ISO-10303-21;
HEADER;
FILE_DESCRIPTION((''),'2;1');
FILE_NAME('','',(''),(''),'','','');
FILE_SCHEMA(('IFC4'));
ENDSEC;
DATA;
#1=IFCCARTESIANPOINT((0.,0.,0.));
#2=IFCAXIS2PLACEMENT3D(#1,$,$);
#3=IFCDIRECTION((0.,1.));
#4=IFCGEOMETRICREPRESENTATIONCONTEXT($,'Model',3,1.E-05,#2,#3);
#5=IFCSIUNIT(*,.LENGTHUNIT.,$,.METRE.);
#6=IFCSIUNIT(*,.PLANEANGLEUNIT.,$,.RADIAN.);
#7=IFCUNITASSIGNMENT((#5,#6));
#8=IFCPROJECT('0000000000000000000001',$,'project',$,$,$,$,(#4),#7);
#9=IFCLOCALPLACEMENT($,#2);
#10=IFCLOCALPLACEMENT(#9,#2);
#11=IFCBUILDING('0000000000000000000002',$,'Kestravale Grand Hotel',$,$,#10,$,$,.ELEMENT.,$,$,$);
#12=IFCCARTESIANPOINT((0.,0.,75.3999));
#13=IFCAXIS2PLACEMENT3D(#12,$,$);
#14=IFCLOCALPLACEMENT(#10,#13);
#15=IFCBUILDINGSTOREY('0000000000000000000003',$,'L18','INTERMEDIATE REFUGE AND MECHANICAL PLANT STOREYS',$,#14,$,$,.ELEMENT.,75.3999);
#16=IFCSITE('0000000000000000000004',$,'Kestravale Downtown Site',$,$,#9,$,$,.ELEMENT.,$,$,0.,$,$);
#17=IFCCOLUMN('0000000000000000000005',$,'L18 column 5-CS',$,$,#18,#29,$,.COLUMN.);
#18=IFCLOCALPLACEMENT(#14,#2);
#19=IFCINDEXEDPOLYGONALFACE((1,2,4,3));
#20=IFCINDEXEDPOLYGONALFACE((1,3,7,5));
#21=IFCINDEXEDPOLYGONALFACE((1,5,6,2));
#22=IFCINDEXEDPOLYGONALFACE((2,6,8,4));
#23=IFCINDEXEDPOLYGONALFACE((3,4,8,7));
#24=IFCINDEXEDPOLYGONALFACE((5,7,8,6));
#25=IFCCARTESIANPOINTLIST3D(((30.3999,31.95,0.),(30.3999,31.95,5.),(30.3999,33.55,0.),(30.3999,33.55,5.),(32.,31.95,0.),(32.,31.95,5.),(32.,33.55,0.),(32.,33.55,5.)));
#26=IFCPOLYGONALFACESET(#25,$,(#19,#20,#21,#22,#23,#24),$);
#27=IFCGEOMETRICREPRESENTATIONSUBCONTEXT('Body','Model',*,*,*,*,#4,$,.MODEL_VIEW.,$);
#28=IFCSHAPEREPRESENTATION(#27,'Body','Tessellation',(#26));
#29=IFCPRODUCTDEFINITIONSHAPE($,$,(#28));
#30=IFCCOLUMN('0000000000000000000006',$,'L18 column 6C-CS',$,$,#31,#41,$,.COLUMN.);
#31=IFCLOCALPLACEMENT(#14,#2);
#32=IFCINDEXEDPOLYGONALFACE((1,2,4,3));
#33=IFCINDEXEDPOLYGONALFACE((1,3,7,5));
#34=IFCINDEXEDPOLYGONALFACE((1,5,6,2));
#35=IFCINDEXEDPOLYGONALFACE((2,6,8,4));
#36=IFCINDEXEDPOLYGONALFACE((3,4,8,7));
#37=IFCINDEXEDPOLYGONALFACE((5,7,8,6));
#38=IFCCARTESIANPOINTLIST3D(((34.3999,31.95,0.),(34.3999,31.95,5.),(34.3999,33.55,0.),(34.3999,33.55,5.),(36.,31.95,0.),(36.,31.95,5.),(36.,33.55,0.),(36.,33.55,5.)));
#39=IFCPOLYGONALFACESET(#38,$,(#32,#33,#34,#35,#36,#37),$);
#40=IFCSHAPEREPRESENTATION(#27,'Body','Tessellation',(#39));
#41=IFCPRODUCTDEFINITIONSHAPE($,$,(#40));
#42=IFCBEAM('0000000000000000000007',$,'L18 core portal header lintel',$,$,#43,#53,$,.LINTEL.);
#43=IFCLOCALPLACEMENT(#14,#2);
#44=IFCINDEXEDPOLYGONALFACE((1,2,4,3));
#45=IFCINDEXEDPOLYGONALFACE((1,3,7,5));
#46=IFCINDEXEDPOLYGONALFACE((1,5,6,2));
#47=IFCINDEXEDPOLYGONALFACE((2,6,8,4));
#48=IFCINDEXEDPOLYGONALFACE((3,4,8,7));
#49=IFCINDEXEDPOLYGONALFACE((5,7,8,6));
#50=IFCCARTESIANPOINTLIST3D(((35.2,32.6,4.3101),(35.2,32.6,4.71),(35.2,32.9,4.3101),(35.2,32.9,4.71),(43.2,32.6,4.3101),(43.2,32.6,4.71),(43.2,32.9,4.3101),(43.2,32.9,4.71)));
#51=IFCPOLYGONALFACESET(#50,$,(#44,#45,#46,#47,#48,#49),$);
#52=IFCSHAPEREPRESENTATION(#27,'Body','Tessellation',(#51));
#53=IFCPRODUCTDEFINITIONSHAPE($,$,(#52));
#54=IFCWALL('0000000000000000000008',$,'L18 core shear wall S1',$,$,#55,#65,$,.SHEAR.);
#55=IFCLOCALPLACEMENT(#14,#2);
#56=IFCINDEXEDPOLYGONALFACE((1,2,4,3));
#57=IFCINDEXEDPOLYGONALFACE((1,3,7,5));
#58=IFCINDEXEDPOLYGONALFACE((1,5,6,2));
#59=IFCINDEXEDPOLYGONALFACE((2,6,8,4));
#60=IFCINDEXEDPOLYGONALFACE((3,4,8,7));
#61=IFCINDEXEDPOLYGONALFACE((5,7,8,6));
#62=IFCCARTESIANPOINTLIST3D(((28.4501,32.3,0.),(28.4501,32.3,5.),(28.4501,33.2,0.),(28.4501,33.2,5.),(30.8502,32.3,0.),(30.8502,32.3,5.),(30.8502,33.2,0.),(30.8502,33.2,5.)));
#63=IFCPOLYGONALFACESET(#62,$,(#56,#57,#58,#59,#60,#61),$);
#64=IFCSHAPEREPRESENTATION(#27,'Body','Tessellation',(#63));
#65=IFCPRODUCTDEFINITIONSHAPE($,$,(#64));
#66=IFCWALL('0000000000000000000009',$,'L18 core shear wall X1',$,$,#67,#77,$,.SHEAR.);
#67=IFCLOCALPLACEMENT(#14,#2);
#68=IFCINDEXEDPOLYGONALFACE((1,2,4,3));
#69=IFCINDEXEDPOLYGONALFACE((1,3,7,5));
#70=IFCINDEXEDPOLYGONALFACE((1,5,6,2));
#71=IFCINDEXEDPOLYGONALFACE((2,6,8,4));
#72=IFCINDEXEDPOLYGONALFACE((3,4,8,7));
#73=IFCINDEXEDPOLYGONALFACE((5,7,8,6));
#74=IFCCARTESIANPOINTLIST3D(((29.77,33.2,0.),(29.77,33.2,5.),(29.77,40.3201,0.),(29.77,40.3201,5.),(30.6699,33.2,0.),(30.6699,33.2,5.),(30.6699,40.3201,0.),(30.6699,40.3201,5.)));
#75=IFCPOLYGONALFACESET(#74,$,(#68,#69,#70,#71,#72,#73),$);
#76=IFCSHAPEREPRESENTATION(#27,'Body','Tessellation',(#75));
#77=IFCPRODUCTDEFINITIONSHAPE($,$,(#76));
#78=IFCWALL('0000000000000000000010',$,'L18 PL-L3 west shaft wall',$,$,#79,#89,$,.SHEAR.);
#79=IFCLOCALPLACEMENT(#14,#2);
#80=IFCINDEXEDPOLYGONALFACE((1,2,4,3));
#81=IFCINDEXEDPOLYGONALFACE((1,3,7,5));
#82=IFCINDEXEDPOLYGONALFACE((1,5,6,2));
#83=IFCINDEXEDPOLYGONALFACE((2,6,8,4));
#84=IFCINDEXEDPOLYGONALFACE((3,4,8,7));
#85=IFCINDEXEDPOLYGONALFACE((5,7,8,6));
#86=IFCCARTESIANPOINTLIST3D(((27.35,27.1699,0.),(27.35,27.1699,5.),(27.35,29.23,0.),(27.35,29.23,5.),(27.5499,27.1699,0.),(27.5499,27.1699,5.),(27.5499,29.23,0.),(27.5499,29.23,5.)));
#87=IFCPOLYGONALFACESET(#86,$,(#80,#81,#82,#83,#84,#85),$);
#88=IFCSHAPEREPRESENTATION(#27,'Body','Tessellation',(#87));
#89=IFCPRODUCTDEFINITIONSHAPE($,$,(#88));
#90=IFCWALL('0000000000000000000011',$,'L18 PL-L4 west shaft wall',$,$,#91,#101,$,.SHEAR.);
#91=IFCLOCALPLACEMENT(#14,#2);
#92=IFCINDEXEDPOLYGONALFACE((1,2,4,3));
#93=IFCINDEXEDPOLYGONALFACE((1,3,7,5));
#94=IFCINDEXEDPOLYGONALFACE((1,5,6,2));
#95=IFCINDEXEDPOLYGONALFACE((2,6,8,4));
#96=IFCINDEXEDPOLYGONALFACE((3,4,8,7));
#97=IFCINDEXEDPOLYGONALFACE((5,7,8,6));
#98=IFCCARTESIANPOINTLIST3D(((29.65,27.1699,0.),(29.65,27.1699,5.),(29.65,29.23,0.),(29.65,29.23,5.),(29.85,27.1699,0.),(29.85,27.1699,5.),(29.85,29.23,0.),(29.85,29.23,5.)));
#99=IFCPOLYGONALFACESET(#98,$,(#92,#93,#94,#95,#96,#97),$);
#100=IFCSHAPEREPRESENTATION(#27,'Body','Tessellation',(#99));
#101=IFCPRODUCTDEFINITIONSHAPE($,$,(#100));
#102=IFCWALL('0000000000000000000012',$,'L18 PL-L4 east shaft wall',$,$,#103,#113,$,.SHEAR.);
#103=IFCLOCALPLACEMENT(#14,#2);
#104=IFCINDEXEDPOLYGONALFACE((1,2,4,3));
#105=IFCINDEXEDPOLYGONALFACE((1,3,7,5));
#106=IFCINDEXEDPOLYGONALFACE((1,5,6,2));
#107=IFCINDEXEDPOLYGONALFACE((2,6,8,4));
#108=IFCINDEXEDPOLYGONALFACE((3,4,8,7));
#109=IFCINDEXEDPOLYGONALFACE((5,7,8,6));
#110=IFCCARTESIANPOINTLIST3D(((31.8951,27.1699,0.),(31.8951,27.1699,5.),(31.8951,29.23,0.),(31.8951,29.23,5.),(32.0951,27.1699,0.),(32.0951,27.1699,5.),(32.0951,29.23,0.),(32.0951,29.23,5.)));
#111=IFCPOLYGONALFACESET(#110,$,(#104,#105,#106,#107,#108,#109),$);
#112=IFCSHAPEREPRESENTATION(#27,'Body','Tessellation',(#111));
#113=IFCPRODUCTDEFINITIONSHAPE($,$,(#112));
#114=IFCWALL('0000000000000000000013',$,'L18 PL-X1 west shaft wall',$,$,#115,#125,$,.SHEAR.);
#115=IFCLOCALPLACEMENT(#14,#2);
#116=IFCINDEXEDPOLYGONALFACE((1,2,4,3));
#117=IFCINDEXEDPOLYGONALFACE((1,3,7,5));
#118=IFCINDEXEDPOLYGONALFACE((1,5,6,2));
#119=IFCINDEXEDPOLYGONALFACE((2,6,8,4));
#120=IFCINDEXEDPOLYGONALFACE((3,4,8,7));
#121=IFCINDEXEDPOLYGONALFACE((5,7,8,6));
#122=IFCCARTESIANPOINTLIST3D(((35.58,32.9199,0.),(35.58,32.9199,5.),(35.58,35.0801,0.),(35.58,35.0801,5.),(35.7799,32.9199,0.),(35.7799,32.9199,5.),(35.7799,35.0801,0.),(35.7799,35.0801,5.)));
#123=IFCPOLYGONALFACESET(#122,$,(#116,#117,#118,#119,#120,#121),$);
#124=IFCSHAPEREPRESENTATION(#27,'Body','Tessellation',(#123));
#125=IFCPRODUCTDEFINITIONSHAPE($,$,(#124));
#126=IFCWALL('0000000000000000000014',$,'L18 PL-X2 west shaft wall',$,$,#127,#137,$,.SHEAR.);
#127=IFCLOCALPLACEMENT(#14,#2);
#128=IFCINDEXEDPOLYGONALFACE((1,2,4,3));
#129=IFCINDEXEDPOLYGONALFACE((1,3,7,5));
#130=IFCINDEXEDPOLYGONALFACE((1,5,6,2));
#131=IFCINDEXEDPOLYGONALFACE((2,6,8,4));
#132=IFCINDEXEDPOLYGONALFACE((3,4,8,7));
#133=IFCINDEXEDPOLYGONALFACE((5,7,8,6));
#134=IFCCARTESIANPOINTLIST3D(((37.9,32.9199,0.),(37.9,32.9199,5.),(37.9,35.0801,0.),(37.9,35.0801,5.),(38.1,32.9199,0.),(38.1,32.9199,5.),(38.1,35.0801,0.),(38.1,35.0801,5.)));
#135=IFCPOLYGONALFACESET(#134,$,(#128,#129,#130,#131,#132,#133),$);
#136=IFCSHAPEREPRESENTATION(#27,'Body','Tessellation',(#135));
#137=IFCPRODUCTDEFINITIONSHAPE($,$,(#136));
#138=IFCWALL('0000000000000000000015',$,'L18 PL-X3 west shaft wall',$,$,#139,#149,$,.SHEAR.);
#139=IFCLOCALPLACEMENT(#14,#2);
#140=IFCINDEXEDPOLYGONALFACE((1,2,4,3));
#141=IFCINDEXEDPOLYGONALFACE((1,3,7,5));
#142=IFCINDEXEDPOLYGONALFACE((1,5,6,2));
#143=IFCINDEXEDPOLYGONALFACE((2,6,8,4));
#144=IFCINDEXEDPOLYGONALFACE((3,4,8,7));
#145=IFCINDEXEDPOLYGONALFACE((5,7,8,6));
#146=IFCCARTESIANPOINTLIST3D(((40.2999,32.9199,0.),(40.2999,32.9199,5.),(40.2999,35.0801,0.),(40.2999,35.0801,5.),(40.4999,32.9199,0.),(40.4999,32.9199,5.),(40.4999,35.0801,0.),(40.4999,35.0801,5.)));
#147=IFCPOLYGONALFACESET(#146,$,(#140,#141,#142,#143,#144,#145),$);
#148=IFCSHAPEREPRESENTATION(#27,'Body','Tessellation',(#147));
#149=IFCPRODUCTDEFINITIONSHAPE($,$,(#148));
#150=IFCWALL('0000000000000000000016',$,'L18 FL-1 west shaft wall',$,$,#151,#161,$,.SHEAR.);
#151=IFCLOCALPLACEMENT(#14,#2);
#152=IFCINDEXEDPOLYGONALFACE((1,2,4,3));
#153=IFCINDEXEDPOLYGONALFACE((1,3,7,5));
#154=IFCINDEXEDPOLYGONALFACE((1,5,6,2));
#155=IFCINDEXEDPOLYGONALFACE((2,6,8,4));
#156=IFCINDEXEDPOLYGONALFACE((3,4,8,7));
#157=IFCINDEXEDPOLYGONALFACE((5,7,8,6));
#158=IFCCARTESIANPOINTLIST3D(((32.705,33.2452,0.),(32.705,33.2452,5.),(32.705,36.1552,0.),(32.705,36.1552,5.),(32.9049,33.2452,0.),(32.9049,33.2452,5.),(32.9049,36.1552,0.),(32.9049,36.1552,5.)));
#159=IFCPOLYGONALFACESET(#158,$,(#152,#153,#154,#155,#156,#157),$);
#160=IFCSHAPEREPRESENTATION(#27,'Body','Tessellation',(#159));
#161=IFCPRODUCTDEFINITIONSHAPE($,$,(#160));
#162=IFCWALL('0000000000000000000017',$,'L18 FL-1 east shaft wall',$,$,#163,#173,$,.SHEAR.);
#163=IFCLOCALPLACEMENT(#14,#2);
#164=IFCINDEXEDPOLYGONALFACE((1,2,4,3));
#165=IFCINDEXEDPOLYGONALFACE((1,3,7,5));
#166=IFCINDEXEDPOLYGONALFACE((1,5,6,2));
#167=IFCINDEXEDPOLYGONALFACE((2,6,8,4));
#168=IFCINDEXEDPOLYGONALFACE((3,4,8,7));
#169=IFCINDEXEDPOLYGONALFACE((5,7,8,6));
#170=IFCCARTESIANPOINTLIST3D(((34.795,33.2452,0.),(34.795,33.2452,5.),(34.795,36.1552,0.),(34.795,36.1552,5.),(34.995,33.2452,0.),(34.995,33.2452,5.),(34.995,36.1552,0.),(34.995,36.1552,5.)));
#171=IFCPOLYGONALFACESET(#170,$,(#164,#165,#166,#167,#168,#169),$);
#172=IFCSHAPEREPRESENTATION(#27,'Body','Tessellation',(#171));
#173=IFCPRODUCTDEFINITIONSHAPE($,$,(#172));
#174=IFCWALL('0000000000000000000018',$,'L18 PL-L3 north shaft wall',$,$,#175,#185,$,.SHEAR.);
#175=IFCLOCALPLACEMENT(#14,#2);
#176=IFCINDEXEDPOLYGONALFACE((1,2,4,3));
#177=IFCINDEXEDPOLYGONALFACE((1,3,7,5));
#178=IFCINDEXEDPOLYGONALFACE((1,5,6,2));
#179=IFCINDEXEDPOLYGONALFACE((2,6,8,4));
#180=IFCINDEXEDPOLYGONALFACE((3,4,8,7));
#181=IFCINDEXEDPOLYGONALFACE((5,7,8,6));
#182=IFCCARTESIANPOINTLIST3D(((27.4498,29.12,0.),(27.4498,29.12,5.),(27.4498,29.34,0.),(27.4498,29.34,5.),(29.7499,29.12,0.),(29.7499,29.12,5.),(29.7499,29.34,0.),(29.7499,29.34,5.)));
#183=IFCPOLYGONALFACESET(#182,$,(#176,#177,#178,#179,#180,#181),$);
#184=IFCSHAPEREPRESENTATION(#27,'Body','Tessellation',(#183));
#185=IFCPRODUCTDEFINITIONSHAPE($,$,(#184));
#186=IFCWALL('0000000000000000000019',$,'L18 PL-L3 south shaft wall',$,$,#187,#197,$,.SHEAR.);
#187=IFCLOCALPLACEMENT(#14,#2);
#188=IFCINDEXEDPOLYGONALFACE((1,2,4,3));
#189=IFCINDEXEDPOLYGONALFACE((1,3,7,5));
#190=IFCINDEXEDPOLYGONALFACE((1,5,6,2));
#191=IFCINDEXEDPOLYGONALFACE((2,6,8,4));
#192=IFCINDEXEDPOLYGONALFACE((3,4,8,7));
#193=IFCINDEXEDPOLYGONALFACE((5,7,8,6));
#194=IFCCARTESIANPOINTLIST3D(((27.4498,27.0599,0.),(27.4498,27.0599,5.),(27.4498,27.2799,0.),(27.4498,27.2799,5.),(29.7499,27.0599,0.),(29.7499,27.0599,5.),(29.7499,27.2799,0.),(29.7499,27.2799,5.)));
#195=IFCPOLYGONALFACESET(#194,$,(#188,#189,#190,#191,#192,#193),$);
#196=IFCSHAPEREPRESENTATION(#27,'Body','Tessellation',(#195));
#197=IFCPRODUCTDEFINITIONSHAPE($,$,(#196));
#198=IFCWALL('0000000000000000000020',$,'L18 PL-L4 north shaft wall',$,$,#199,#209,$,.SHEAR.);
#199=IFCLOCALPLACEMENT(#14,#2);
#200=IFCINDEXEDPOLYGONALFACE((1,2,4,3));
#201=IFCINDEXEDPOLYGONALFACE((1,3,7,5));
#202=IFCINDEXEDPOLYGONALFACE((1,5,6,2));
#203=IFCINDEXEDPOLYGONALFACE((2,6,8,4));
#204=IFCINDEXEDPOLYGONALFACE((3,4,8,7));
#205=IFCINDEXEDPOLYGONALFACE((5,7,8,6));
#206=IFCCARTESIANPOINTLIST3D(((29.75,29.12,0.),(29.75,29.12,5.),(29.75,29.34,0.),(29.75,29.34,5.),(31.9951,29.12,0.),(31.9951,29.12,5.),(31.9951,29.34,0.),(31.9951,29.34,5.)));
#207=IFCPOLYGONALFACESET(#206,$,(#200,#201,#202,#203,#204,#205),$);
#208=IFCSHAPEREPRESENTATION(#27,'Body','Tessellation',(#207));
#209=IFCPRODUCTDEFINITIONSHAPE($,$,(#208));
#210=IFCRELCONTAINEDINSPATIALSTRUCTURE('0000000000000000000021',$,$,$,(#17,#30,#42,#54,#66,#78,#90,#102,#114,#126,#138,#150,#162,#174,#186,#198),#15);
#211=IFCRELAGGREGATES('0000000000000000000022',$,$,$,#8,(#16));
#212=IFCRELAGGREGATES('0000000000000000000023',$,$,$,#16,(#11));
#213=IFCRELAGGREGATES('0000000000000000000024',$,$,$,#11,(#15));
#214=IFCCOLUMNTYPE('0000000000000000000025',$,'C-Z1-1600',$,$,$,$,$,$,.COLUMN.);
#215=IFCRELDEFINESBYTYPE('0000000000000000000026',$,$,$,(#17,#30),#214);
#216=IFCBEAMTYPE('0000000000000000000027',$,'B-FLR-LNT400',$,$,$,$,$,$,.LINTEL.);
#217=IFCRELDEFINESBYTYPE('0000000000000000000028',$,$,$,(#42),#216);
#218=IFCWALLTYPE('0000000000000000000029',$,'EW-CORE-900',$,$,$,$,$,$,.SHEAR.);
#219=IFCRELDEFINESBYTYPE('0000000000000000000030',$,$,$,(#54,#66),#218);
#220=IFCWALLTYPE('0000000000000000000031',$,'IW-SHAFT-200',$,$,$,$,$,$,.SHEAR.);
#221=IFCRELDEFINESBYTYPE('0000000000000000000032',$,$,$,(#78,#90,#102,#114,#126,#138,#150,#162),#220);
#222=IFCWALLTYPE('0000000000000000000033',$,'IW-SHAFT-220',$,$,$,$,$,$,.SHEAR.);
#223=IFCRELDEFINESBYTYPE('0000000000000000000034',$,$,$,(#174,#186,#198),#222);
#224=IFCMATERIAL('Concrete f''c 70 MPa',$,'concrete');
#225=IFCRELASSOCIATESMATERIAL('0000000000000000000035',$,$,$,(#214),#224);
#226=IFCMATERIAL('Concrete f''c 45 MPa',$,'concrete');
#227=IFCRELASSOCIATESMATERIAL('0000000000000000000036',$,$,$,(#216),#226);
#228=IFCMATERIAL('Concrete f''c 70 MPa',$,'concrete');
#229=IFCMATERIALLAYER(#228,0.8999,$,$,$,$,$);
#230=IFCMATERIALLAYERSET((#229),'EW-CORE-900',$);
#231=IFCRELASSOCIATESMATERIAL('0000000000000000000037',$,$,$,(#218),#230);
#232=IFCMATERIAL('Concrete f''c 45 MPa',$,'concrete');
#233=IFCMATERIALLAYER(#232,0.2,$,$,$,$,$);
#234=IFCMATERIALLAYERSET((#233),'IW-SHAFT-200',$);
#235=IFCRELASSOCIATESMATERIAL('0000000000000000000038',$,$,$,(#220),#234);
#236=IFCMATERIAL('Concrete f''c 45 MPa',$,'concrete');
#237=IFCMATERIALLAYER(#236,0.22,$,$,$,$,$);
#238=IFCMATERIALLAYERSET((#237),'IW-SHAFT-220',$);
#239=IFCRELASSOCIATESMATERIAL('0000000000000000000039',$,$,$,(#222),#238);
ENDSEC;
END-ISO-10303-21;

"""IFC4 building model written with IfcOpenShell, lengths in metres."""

from ifc_helpers import new_model, si_unit, direction, frame, frame_2d, origin, origin_2d, place, context, subcontext, project, spatial, rectangle, extrude, material, layer, layer_set, material_profile, profile_set, type_object, element, save


model = new_model("IFC4")

# Units and contexts
model_context = context("Model", 3, precision=1e-05, world=origin(), true_north=direction((0.0, 1.0)))
body_context = subcontext(model_context, "Body", "Model", "MODEL_VIEW")
ifc_project = project(units=[si_unit("LENGTHUNIT", "METRE"), si_unit("PLANEANGLEUNIT", "RADIAN")], contexts=[model_context])

# Site, building, storey
site_placement = place(None, origin())
site = spatial("IfcSite", under=ifc_project, at=site_placement, Name="Kestravale Downtown Site", CompositionType="ELEMENT", RefElevation=0.0)
building_placement = place(site_placement, origin())
building = spatial("IfcBuilding", under=site, at=building_placement, Name="Kestravale Grand Hotel", CompositionType="ELEMENT")
storey_placement = place(building_placement, frame((0.0, 0.0, 75.3999)))
storey = spatial("IfcBuildingStorey", under=building, at=storey_placement, Name="L18", Description="INTERMEDIATE REFUGE AND MECHANICAL PLANT STOREYS", CompositionType="ELEMENT", Elevation=75.3999)

# Columns
ifc_material_1 = material(Name="Concrete f'c 70 MPa", Category="concrete")
ifc_material_profile_1 = material_profile(ifc_material_1, rectangle(XDim=1.6001, YDim=1.6001, at=origin_2d()))
ifc_profile_set_1 = profile_set([ifc_material_profile_1], Name="Concrete f'c 70 MPa")
column_type = type_object("IfcColumnType", Name="C-Z1-1600", PredefinedType="COLUMN", material=ifc_profile_set_1)
for number, where, z_axis, x_axis, name in (
    (1, (31.2, 32.75, 0.0), (0.0, 0.0, 1.0), (1.0, 0.0, 0.0), "L18 column 5-CS"),
    (2, (35.2, 32.75, 0.0), (0.0, 0.0, 1.0), (1.0, 0.0, 0.0), "L18 column 6C-CS"),
):
    element("IfcColumn", number, at=place(storey_placement, frame(where, z_axis=z_axis, x_axis=x_axis)), inside=storey, type_object=column_type, Name=name, PredefinedType="COLUMN", context=body_context, shape_type="SweptSolid", body=[
        extrude(rectangle(XDim=1.6001, YDim=1.6001, at=origin_2d()), origin(), (0.0, 0.0, 1.0), 5.0),
    ])

# Beam
ifc_material_2 = material(Name="Concrete f'c 45 MPa", Category="concrete")
ifc_material_profile_2 = material_profile(ifc_material_2, rectangle(XDim=0.3, YDim=0.3999, at=origin_2d()))
ifc_profile_set_2 = profile_set([ifc_material_profile_2], Name="Concrete f'c 45 MPa")
beam_type = type_object("IfcBeamType", Name="B-FLR-LNT400", PredefinedType="LINTEL", material=ifc_profile_set_2)
beam_placement = place(storey_placement, frame((35.2, 32.75, 4.51), z_axis=(1.0, 0.0, 0.0), x_axis=(0.0, 1.0, 0.0)))
element("IfcBeam", 3, at=beam_placement, inside=storey, type_object=beam_type, Name="L18 core portal header lintel", PredefinedType="LINTEL", context=body_context, shape_type="SweptSolid", body=[
    extrude(rectangle(XDim=0.3, YDim=0.3999, at=origin_2d()), origin(), (0.0, 0.0, 1.0), 8.0),
])

# Walls
ifc_material_3 = material(Name="Concrete f'c 70 MPa", Category="concrete")
ifc_layer_1 = layer(ifc_material_3, 0.8999)
ifc_layer_set_1 = layer_set([ifc_layer_1], Name="EW-CORE-900")
wall_type_1 = type_object("IfcWallType", Name="EW-CORE-900", PredefinedType="SHEAR", material=ifc_layer_set_1)
wall_1_placement = place(storey_placement, frame((28.45, 32.75, 0.0), z_axis=(0.0, 0.0, 1.0), x_axis=(1.0, 0.0, 0.0)))
element("IfcWall", 4, at=wall_1_placement, inside=storey, type_object=wall_type_1, Name="L18 core shear wall S1", PredefinedType="SHEAR", context=body_context, shape_type="SweptSolid", body=[
    extrude(rectangle(XDim=2.4001, YDim=0.8999, at=frame_2d((1.2002, 0.0))), origin(), (0.0, 0.0, 1.0), 5.0),
])
wall_2_placement = place(storey_placement, frame((30.22, 33.2, 0.0), z_axis=(0.0, 0.0, 1.0), x_axis=(0.0, 1.0, 0.0)))
element("IfcWall", 5, at=wall_2_placement, inside=storey, type_object=wall_type_1, Name="L18 core shear wall X1", PredefinedType="SHEAR", context=body_context, shape_type="SweptSolid", body=[
    extrude(rectangle(XDim=7.1201, YDim=0.8999, at=frame_2d((3.5601, 0.0))), origin(), (0.0, 0.0, 1.0), 5.0),
])
ifc_material_4 = material(Name="Concrete f'c 45 MPa", Category="concrete")
ifc_layer_2 = layer(ifc_material_4, 0.2)
ifc_layer_set_2 = layer_set([ifc_layer_2], Name="IW-SHAFT-200")
wall_type_2 = type_object("IfcWallType", Name="IW-SHAFT-200", PredefinedType="SHEAR", material=ifc_layer_set_2)
for number, where, z_axis, x_axis, name in (
    (6, (27.45, 27.1699, 0.0), (0.0, 0.0, 1.0), (0.0, 1.0, 0.0), "L18 PL-L3 west shaft wall"),
    (7, (29.75, 27.1699, 0.0), (0.0, 0.0, 1.0), (0.0, 1.0, 0.0), "L18 PL-L4 west shaft wall"),
    (8, (31.9951, 27.1699, 0.0), (0.0, 0.0, 1.0), (0.0, 1.0, 0.0), "L18 PL-L4 east shaft wall"),
):
    element("IfcWall", number, at=place(storey_placement, frame(where, z_axis=z_axis, x_axis=x_axis)), inside=storey, type_object=wall_type_2, Name=name, PredefinedType="SHEAR", context=body_context, shape_type="SweptSolid", body=[
        extrude(rectangle(XDim=2.0601, YDim=0.2, at=frame_2d((1.03, 0.0))), origin(), (0.0, 0.0, 1.0), 5.0),
    ])
for number, where, z_axis, x_axis, name in (
    (9, (35.6799, 32.9199, 0.0), (0.0, 0.0, 1.0), (0.0, 1.0, 0.0), "L18 PL-X1 west shaft wall"),
    (10, (38.0, 32.9199, 0.0), (0.0, 0.0, 1.0), (0.0, 1.0, 0.0), "L18 PL-X2 west shaft wall"),
    (11, (40.3999, 32.9199, 0.0), (0.0, 0.0, 1.0), (0.0, 1.0, 0.0), "L18 PL-X3 west shaft wall"),
):
    element("IfcWall", number, at=place(storey_placement, frame(where, z_axis=z_axis, x_axis=x_axis)), inside=storey, type_object=wall_type_2, Name=name, PredefinedType="SHEAR", context=body_context, shape_type="SweptSolid", body=[
        extrude(rectangle(XDim=2.1602, YDim=0.2, at=frame_2d((1.0801, 0.0))), origin(), (0.0, 0.0, 1.0), 5.0),
    ])
for number, where, z_axis, x_axis, name in (
    (12, (32.8049, 33.2451, 0.0), (0.0, 0.0, 1.0), (0.0, 1.0, 0.0), "L18 FL-1 west shaft wall"),
    (13, (34.895, 33.2451, 0.0), (0.0, 0.0, 1.0), (0.0, 1.0, 0.0), "L18 FL-1 east shaft wall"),
):
    element("IfcWall", number, at=place(storey_placement, frame(where, z_axis=z_axis, x_axis=x_axis)), inside=storey, type_object=wall_type_2, Name=name, PredefinedType="SHEAR", context=body_context, shape_type="SweptSolid", body=[
        extrude(rectangle(XDim=2.9099, YDim=0.2, at=frame_2d((1.4551, 0.0))), origin(), (0.0, 0.0, 1.0), 5.0),
    ])
ifc_material_5 = material(Name="Concrete f'c 45 MPa", Category="concrete")
ifc_layer_3 = layer(ifc_material_5, 0.22)
ifc_layer_set_3 = layer_set([ifc_layer_3], Name="IW-SHAFT-220")
wall_type_3 = type_object("IfcWallType", Name="IW-SHAFT-220", PredefinedType="SHEAR", material=ifc_layer_set_3)
for number, where, z_axis, x_axis, name in (
    (14, (27.45, 29.23, 0.0), (0.0, 0.0, 1.0), (1.0, 0.0, 0.0), "L18 PL-L3 north shaft wall"),
    (15, (27.45, 27.1699, 0.0), (0.0, 0.0, 1.0), (1.0, 0.0, 0.0), "L18 PL-L3 south shaft wall"),
):
    element("IfcWall", number, at=place(storey_placement, frame(where, z_axis=z_axis, x_axis=x_axis)), inside=storey, type_object=wall_type_3, Name=name, PredefinedType="SHEAR", context=body_context, shape_type="SweptSolid", body=[
        extrude(rectangle(XDim=2.3, YDim=0.22, at=frame_2d((1.1499, 0.0))), origin(), (0.0, 0.0, 1.0), 5.0),
    ])
for number, where, z_axis, x_axis, name in (
    (16, (29.75, 29.23, 0.0), (0.0, 0.0, 1.0), (1.0, 0.0, 0.0), "L18 PL-L4 north shaft wall"),
):
    element("IfcWall", number, at=place(storey_placement, frame(where, z_axis=z_axis, x_axis=x_axis)), inside=storey, type_object=wall_type_3, Name=name, PredefinedType="SHEAR", context=body_context, shape_type="SweptSolid", body=[
        extrude(rectangle(XDim=2.2451, YDim=0.22, at=frame_2d((1.1226, 0.0))), origin(), (0.0, 0.0, 1.0), 5.0),
    ])

save(model, "model.ifc")
